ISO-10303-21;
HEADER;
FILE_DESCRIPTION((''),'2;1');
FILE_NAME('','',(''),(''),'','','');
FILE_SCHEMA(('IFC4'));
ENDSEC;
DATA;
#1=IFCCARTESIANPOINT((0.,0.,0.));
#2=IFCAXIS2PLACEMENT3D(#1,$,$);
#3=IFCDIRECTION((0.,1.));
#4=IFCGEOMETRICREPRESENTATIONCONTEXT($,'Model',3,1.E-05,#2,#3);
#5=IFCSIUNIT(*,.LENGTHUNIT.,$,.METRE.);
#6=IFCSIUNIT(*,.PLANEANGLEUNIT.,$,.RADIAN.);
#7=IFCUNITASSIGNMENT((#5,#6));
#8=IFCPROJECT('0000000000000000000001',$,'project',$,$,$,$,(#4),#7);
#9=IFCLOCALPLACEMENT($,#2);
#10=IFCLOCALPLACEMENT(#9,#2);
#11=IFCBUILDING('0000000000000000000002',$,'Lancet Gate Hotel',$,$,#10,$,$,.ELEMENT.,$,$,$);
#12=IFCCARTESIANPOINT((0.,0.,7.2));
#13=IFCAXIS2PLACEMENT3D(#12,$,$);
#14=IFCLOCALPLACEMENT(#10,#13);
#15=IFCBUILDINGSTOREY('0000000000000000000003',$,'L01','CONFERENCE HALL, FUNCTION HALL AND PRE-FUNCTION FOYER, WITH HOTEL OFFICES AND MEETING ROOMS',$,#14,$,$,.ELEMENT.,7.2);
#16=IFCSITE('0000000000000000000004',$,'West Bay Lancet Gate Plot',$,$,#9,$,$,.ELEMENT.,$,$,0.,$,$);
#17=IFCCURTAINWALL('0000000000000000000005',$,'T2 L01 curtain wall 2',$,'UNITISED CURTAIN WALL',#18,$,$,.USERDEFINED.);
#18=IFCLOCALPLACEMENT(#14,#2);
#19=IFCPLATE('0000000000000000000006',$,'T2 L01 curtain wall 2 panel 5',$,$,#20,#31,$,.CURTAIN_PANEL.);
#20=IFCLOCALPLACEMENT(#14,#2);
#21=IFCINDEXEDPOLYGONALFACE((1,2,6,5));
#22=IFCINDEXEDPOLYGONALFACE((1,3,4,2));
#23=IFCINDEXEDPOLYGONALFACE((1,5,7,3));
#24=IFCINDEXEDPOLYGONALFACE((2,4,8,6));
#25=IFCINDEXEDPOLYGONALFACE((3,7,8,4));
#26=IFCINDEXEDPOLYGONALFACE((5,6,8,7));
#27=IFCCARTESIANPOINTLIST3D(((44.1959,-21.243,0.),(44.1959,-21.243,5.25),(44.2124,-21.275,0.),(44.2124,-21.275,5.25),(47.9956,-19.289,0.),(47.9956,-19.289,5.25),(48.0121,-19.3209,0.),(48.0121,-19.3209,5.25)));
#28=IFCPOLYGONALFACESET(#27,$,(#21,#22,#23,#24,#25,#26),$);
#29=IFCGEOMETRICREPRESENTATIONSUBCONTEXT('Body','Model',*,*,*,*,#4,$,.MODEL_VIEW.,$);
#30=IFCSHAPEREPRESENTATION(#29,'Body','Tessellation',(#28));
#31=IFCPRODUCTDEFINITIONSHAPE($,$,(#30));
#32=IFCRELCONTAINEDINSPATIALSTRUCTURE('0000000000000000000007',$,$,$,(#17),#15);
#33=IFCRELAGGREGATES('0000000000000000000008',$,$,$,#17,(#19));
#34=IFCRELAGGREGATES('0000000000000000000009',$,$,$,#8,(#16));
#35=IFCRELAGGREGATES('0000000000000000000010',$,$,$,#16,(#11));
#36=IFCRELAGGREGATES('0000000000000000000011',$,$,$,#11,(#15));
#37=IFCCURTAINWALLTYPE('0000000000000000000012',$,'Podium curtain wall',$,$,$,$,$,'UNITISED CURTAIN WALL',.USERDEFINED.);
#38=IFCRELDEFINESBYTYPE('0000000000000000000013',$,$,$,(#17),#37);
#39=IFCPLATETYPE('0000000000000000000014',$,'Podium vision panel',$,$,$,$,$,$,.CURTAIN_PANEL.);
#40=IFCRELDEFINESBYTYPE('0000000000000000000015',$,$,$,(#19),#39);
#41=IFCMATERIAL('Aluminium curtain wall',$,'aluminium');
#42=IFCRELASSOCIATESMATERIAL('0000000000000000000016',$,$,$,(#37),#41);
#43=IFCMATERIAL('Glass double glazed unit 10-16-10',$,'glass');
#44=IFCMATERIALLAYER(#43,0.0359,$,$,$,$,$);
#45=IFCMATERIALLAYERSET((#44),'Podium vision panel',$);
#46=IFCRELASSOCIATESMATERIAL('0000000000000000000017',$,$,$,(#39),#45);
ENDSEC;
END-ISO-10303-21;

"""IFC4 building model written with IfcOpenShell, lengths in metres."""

from ifc_helpers import new_model, si_unit, direction, frame, origin, origin_2d, place, context, subcontext, project, spatial, rectangle, extrude, material, layer, layer_set, type_object, element, aggregate, save


model = new_model("IFC4")

# Units and contexts
model_context = context("Model", 3, precision=1e-05, world=origin(), true_north=direction((0.0, 1.0)))
body_context = subcontext(model_context, "Body", "Model", "MODEL_VIEW")
ifc_project = project(units=[si_unit("LENGTHUNIT", "METRE"), si_unit("PLANEANGLEUNIT", "RADIAN")], contexts=[model_context])

# Site, building, storey
site_placement = place(None, origin())
site = spatial("IfcSite", under=ifc_project, at=site_placement, Name="West Bay Lancet Gate Plot", CompositionType="ELEMENT", RefElevation=0.0)
building_placement = place(site_placement, origin())
building = spatial("IfcBuilding", under=site, at=building_placement, Name="Lancet Gate Hotel", CompositionType="ELEMENT")
storey_placement = place(building_placement, frame((0.0, 0.0, 7.2)))
storey = spatial("IfcBuildingStorey", under=building, at=storey_placement, Name="L01", Description="CONFERENCE HALL, FUNCTION HALL AND PRE-FUNCTION FOYER, WITH HOTEL OFFICES AND MEETING ROOMS", CompositionType="ELEMENT", Elevation=7.2)

# Curtain wall
ifc_material_1 = material(Name="Aluminium curtain wall", Category="aluminium")
curtain_wall_type = type_object("IfcCurtainWallType", Name="Podium curtain wall", ElementType="UNITISED CURTAIN WALL", PredefinedType="USERDEFINED", material=ifc_material_1)
curtain_wall_placement = place(storey_placement, origin())
curtain_wall = element("IfcCurtainWall", 1, at=curtain_wall_placement, inside=storey, type_object=curtain_wall_type, Name="T2 L01 curtain wall 2", ObjectType="UNITISED CURTAIN WALL", PredefinedType="USERDEFINED")

# Plate
ifc_material_2 = material(Name="Glass double glazed unit 10-16-10", Category="glass")
ifc_layer = layer(ifc_material_2, 0.0359)
ifc_layer_set = layer_set([ifc_layer], Name="Podium vision panel")
plate_type = type_object("IfcPlateType", Name="Podium vision panel", PredefinedType="CURTAIN_PANEL", material=ifc_layer_set)
plate_1_placement = place(storey_placement, frame((46.104, -20.282, 0.0), z_axis=(0.0, 0.0, 1.0), x_axis=(0.889296, 0.457332, 0.0)))
plate_1 = element("IfcPlate", 2, at=plate_1_placement, type_object=plate_type, Name="T2 L01 curtain wall 2 panel 5", PredefinedType="CURTAIN_PANEL", context=body_context, shape_type="SweptSolid", body=[
    extrude(rectangle(XDim=4.2727, YDim=0.0359, at=origin_2d()), origin(), (0.0, 0.0, 1.0), 5.25),
])
aggregate(curtain_wall, [plate_1])

save(model, "model.ifc")
